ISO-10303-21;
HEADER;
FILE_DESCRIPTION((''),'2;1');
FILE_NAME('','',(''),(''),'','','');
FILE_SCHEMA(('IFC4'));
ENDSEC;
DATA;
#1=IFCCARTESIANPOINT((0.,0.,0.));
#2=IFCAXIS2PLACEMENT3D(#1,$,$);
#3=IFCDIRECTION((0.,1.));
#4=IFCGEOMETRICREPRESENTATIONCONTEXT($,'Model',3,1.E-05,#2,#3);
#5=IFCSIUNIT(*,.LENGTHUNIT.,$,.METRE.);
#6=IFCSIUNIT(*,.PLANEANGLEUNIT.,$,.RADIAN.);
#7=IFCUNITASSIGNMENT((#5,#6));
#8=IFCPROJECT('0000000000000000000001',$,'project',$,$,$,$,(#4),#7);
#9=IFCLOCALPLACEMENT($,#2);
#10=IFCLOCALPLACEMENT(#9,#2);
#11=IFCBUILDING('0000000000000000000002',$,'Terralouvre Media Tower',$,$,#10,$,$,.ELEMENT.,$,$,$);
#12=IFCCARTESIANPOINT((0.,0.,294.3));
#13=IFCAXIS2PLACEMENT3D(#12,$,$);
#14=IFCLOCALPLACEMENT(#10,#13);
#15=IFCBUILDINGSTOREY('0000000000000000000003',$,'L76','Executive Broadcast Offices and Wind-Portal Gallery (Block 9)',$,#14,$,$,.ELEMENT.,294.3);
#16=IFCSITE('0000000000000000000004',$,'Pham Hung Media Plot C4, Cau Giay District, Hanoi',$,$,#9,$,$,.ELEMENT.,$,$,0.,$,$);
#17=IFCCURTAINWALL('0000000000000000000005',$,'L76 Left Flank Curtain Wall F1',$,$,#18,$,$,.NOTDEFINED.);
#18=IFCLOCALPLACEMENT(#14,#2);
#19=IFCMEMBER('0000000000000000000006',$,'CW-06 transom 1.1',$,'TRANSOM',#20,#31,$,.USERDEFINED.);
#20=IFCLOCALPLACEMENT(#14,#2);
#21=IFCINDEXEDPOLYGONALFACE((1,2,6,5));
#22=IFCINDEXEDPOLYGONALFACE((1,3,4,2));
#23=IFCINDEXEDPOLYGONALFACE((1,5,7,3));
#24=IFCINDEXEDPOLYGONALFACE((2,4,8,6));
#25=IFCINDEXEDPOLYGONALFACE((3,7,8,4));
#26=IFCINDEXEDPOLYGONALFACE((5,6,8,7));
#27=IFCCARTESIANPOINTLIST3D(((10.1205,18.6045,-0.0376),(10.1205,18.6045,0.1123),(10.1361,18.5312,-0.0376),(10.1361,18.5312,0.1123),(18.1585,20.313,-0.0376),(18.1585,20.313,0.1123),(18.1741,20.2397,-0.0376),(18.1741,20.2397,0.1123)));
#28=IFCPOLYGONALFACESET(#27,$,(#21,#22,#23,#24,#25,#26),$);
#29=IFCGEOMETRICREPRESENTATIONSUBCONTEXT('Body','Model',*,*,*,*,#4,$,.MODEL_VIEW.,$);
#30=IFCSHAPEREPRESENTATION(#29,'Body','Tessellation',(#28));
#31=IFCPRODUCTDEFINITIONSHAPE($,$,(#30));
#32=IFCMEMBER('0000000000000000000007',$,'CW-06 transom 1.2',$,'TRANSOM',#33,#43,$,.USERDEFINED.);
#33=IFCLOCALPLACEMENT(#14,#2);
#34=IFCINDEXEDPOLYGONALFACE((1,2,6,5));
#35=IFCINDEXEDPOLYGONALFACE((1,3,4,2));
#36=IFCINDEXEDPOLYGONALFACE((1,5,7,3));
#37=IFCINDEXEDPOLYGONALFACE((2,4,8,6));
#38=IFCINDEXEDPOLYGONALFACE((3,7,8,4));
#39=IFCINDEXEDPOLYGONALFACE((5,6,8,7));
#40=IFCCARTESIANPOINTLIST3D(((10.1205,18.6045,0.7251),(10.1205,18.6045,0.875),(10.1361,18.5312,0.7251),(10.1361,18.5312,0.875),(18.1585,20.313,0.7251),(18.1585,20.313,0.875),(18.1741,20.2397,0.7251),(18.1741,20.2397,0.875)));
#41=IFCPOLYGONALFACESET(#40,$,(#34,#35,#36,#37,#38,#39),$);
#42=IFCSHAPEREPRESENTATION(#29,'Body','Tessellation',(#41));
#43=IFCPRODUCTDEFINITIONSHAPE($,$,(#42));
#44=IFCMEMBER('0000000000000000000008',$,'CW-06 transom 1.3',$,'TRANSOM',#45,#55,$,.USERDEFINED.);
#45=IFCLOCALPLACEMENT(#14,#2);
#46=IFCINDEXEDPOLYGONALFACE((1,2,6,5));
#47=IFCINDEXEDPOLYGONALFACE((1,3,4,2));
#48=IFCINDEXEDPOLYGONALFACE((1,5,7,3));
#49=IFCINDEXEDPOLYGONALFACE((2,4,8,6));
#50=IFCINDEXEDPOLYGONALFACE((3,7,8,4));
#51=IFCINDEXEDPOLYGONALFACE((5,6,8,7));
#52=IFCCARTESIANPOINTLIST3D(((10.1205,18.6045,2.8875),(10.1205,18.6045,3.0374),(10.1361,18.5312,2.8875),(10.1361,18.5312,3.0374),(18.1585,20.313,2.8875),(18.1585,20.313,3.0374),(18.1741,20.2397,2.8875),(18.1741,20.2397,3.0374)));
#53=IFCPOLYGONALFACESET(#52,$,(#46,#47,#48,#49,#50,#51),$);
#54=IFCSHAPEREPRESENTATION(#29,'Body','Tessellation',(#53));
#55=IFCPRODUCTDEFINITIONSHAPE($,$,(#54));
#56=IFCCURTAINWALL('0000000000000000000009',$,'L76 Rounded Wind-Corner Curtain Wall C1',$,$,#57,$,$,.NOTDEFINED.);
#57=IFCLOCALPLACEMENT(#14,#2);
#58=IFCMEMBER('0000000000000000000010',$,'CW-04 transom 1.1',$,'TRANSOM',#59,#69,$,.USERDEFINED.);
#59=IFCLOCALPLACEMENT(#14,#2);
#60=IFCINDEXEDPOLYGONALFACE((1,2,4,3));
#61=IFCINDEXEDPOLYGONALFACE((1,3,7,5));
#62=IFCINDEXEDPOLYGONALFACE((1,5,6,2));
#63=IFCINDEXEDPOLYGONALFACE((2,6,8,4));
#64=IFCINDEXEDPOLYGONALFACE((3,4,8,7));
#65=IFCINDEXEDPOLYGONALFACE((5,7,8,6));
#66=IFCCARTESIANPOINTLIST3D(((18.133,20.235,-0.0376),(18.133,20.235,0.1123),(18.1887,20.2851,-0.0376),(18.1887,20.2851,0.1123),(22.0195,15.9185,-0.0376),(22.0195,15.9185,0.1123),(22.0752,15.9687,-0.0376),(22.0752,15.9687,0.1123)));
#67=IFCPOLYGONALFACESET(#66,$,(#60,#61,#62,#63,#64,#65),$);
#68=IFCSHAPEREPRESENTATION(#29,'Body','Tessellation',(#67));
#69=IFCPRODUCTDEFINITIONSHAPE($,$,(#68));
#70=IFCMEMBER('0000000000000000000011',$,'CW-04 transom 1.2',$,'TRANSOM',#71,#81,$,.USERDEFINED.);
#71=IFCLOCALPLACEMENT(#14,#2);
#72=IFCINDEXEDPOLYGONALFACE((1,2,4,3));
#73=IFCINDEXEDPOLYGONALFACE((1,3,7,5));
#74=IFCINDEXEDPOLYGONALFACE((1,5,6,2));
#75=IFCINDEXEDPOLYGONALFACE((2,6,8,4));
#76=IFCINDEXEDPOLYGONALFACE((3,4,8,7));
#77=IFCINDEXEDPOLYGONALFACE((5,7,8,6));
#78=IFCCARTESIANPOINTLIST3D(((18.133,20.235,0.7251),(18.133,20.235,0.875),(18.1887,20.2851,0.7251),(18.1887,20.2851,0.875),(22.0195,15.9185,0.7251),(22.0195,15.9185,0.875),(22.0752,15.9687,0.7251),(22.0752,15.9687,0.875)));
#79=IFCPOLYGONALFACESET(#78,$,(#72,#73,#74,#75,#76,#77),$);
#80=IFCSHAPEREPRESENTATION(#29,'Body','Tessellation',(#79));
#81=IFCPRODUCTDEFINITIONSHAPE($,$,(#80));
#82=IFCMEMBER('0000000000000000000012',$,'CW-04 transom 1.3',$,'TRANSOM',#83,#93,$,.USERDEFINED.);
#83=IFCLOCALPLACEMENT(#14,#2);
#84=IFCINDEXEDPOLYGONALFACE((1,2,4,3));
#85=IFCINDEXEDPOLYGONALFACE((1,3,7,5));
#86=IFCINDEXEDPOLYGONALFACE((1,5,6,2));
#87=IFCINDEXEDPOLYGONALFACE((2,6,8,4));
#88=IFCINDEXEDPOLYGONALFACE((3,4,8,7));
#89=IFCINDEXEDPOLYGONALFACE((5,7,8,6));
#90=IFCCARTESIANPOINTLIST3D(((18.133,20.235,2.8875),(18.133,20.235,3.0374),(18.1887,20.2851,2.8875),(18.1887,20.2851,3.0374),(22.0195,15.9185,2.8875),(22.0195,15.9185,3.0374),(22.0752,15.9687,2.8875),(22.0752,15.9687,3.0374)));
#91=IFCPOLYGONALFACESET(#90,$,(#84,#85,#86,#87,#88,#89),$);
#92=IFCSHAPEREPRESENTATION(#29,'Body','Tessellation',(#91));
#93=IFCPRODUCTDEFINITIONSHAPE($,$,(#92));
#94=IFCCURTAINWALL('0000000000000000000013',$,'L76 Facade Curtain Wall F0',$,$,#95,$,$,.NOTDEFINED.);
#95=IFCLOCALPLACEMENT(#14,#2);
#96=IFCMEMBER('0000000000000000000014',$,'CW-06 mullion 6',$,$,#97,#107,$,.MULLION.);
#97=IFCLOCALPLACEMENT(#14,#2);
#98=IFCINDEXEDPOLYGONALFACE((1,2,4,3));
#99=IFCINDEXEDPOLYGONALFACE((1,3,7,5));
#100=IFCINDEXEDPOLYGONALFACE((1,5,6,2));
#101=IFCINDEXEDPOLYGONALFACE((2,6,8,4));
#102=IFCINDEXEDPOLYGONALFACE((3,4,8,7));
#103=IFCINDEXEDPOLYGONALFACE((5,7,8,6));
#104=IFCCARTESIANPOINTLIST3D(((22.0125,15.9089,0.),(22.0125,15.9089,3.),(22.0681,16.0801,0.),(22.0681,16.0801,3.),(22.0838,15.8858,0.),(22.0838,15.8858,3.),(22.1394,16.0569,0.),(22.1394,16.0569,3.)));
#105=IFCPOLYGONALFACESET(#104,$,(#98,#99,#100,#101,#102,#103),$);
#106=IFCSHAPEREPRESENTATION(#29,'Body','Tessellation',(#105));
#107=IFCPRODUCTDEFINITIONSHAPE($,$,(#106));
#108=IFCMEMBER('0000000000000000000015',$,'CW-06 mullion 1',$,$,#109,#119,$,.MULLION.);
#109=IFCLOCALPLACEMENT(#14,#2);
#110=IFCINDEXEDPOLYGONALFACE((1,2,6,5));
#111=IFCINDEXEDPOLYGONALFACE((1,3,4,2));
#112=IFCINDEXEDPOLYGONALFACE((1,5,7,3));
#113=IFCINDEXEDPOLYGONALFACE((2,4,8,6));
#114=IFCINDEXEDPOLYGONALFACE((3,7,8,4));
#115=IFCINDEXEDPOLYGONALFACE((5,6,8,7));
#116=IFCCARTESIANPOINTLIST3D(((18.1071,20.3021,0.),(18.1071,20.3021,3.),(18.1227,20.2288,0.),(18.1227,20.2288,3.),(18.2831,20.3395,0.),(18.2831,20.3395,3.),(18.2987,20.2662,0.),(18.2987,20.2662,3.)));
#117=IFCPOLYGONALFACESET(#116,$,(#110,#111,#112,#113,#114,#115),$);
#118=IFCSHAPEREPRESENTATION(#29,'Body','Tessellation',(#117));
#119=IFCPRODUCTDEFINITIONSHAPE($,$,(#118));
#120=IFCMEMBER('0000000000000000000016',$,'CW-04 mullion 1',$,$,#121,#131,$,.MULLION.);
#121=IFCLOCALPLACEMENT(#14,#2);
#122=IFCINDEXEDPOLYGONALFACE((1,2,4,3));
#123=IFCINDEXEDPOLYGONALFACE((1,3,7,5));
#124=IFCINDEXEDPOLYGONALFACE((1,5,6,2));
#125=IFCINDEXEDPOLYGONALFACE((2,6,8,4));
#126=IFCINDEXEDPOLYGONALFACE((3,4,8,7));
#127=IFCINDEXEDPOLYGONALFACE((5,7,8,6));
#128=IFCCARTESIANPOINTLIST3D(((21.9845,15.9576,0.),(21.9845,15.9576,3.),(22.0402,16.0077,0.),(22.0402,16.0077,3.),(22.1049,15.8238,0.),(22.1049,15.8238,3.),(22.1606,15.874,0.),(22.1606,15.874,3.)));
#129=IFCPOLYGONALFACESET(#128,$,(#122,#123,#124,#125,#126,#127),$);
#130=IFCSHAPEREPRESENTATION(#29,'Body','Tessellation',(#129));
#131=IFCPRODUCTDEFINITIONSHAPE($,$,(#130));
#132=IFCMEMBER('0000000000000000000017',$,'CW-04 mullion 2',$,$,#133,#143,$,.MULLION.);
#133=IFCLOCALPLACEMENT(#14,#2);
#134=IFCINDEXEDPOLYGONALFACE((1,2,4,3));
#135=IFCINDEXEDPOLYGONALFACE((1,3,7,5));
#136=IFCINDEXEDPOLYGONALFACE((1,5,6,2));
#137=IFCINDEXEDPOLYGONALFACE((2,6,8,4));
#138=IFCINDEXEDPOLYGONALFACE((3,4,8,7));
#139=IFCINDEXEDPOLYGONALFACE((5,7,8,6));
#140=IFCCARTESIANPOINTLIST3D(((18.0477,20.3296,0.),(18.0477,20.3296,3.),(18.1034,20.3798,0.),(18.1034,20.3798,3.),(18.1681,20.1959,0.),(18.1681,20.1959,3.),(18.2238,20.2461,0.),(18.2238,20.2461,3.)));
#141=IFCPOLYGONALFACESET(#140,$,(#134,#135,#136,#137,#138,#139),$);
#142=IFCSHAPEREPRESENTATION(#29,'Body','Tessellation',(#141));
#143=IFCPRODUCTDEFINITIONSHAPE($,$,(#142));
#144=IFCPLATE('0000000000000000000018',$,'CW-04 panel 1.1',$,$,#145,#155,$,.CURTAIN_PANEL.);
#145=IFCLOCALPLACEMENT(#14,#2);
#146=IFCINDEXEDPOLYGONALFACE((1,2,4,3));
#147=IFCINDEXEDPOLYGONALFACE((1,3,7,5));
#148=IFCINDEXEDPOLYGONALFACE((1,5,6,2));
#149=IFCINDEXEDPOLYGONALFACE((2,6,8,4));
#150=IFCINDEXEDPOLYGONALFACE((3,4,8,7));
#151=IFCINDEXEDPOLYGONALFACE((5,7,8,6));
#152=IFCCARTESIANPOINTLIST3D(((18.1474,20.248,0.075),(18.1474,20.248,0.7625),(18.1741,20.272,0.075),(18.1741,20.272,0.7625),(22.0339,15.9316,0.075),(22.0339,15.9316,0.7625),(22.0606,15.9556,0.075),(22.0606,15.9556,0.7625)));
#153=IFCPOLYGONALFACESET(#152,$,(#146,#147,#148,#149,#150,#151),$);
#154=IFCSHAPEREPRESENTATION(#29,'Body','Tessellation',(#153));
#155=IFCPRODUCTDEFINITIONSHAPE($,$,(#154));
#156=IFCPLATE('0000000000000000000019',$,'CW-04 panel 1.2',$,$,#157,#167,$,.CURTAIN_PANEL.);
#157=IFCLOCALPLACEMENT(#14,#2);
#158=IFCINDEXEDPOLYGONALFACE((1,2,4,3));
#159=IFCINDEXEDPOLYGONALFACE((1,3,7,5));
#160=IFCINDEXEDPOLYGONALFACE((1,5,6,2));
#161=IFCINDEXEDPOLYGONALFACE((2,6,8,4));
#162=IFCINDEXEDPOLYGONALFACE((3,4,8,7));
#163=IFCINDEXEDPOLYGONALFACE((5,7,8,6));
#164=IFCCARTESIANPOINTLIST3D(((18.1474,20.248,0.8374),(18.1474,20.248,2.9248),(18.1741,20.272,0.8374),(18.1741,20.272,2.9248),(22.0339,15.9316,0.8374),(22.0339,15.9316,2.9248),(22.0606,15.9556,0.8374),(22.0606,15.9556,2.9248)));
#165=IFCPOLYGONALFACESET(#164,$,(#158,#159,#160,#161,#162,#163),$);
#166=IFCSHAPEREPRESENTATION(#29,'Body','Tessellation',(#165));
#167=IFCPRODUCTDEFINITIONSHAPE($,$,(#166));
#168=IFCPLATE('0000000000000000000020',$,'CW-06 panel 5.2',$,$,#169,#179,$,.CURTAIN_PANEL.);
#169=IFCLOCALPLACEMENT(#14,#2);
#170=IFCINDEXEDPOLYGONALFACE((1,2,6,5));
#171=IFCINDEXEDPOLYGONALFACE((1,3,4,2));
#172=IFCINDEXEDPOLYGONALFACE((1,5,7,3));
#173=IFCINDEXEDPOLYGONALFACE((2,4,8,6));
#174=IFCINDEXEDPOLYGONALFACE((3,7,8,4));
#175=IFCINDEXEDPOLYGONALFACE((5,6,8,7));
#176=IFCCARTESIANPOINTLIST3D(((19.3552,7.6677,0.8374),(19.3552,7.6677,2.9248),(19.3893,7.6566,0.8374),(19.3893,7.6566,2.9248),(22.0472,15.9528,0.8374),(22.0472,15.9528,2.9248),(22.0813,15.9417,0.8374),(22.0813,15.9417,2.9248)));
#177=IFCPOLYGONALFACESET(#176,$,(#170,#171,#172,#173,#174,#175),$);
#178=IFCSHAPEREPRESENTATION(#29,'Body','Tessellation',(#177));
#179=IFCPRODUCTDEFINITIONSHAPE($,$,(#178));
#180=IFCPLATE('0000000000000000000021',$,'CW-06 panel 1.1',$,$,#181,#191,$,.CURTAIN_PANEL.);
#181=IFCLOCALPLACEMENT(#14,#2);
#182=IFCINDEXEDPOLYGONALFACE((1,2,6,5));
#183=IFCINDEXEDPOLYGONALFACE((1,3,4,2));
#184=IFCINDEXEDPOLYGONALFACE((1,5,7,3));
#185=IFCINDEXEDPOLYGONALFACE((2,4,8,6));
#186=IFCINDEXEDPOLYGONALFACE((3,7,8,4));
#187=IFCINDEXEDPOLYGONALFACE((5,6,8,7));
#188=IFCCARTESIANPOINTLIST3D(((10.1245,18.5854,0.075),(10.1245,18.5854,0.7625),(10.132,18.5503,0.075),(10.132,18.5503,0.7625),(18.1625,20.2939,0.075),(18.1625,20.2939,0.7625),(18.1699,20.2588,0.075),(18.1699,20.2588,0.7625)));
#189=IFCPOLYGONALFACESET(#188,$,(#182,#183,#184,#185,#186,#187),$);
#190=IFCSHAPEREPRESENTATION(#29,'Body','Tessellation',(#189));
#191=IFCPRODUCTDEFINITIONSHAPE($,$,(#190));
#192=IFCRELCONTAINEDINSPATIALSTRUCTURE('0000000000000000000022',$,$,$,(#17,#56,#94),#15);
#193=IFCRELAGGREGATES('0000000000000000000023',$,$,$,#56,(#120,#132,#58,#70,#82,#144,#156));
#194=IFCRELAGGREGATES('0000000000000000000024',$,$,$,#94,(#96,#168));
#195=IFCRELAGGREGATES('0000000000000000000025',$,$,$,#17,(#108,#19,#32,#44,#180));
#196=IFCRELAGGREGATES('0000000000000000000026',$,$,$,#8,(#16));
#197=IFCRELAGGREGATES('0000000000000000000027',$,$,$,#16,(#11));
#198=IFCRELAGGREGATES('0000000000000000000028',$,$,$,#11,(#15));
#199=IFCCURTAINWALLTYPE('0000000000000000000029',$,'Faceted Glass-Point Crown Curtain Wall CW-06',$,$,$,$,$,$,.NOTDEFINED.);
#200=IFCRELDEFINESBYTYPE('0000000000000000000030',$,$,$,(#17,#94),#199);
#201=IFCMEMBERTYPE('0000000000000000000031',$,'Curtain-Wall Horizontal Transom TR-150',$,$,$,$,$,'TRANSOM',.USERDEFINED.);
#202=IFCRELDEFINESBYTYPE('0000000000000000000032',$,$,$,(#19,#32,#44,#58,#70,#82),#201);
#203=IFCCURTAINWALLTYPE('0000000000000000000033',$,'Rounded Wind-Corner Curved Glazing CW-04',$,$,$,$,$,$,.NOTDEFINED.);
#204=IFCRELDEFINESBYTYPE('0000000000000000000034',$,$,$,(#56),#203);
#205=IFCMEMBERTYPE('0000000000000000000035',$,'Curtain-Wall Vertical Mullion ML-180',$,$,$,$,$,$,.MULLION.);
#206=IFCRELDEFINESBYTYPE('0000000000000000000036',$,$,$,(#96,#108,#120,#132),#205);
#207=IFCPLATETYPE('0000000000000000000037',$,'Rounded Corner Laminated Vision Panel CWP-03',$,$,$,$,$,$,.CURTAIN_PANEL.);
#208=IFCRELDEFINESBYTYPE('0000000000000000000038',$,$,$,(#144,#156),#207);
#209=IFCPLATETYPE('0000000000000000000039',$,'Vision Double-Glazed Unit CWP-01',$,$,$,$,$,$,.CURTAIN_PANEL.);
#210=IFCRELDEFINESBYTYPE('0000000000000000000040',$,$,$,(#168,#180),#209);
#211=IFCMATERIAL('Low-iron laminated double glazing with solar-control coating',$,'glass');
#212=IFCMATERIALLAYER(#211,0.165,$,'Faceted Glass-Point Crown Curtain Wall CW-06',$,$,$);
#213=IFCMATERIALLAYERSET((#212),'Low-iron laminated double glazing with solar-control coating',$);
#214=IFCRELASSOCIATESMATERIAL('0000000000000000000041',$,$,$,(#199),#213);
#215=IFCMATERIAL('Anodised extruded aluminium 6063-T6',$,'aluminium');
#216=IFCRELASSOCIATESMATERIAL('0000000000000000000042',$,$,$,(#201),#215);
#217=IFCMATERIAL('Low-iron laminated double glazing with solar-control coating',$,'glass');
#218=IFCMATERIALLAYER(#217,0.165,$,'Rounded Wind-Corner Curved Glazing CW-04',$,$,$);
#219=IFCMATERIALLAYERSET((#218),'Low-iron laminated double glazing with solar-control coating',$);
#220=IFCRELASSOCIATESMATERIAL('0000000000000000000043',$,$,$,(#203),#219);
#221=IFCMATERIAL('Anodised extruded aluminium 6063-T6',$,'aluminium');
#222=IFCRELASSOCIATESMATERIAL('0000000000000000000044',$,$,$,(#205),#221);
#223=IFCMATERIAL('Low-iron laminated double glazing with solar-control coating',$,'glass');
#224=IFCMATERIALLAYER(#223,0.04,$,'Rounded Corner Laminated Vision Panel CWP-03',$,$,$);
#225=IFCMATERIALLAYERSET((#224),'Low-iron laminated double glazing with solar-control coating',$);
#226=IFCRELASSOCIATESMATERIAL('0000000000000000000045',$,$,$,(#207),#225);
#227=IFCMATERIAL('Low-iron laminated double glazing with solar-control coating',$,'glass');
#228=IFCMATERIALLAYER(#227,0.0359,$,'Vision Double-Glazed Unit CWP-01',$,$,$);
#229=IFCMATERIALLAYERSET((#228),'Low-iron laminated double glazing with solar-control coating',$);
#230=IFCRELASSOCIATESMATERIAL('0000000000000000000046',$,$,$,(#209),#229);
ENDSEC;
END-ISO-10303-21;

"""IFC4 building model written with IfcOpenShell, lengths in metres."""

from ifc_helpers import new_model, si_unit, direction, frame, origin, origin_2d, place, context, subcontext, project, spatial, rectangle, extrude, material, layer, layer_set, material_profile, profile_set, type_object, element, aggregate, save


model = new_model("IFC4")

# Units and contexts
model_context = context("Model", 3, precision=1e-05, world=origin(), true_north=direction((0.0, 1.0)))
body_context = subcontext(model_context, "Body", "Model", "MODEL_VIEW")
ifc_project = project(units=[si_unit("LENGTHUNIT", "METRE"), si_unit("PLANEANGLEUNIT", "RADIAN")], contexts=[model_context])

# Site, building, storey
site_placement = place(None, origin())
site = spatial("IfcSite", under=ifc_project, at=site_placement, Name="Pham Hung Media Plot C4, Cau Giay District, Hanoi", CompositionType="ELEMENT", RefElevation=0.0)
building_placement = place(site_placement, origin())
building = spatial("IfcBuilding", under=site, at=building_placement, Name="Terralouvre Media Tower", CompositionType="ELEMENT")
storey_placement = place(building_placement, frame((0.0, 0.0, 294.3)))
storey = spatial("IfcBuildingStorey", under=building, at=storey_placement, Name="L76", Description="Executive Broadcast Offices and Wind-Portal Gallery (Block 9)", CompositionType="ELEMENT", Elevation=294.3)

# Curtain walls, members
ifc_material_1 = material(Name="Low-iron laminated double glazing with solar-control coating", Category="glass")
ifc_layer_1 = layer(ifc_material_1, 0.165, Name="Faceted Glass-Point Crown Curtain Wall CW-06")
ifc_layer_set_1 = layer_set([ifc_layer_1], Name="Low-iron laminated double glazing with solar-control coating")
curtain_wall_type_1 = type_object("IfcCurtainWallType", Name="Faceted Glass-Point Crown Curtain Wall CW-06", PredefinedType="NOTDEFINED", material=ifc_layer_set_1)
curtain_wall_1_placement = place(storey_placement, origin())
curtain_wall_1 = element("IfcCurtainWall", 1, at=curtain_wall_1_placement, inside=storey, type_object=curtain_wall_type_1, Name="L76 Left Flank Curtain Wall F1", PredefinedType="NOTDEFINED")
ifc_material_2 = material(Name="Anodised extruded aluminium 6063-T6", Category="aluminium")
ifc_material_profile_1 = material_profile(ifc_material_2, rectangle(XDim=0.075, YDim=0.1499, at=origin_2d()), Name="ALU 75x150")
ifc_profile_set_1 = profile_set([ifc_material_profile_1], Name="Anodised extruded aluminium 6063-T6")
member_type_1 = type_object("IfcMemberType", Name="Curtain-Wall Horizontal Transom TR-150", ElementType="TRANSOM", PredefinedType="USERDEFINED", material=ifc_profile_set_1)
member_1_placement = place(storey_placement, frame((18.1663, 20.2764, 0.0374), z_axis=(-0.978148, -0.207912, 0.0), x_axis=(0.207912, -0.978148, 0.0)))
member_1 = element("IfcMember", 2, at=member_1_placement, type_object=member_type_1, Name="CW-06 transom 1.1", ObjectType="TRANSOM", PredefinedType="USERDEFINED", context=body_context, shape_type="SweptSolid", body=[
    extrude(rectangle(XDim=0.075, YDim=0.1499, at=origin_2d()), origin(), (0.0, 0.0, 1.0), 8.2175),
])
member_2_placement = place(storey_placement, frame((18.1663, 20.2764, 0.8), z_axis=(-0.978148, -0.207912, 0.0), x_axis=(0.207912, -0.978148, 0.0)))
member_2 = element("IfcMember", 3, at=member_2_placement, type_object=member_type_1, Name="CW-06 transom 1.2", ObjectType="TRANSOM", PredefinedType="USERDEFINED", context=body_context, shape_type="SweptSolid", body=[
    extrude(rectangle(XDim=0.075, YDim=0.1499, at=origin_2d()), origin(), (0.0, 0.0, 1.0), 8.2175),
])
member_3_placement = place(storey_placement, frame((18.1663, 20.2764, 2.9624), z_axis=(-0.978148, -0.207912, 0.0), x_axis=(0.207912, -0.978148, 0.0)))
member_3 = element("IfcMember", 4, at=member_3_placement, type_object=member_type_1, Name="CW-06 transom 1.3", ObjectType="TRANSOM", PredefinedType="USERDEFINED", context=body_context, shape_type="SweptSolid", body=[
    extrude(rectangle(XDim=0.075, YDim=0.1499, at=origin_2d()), origin(), (0.0, 0.0, 1.0), 8.2175),
])
ifc_material_3 = material(Name="Low-iron laminated double glazing with solar-control coating", Category="glass")
ifc_layer_2 = layer(ifc_material_3, 0.165, Name="Rounded Wind-Corner Curved Glazing CW-04")
ifc_layer_set_2 = layer_set([ifc_layer_2], Name="Low-iron laminated double glazing with solar-control coating")
curtain_wall_type_2 = type_object("IfcCurtainWallType", Name="Rounded Wind-Corner Curved Glazing CW-04", PredefinedType="NOTDEFINED", material=ifc_layer_set_2)
curtain_wall_2_placement = place(storey_placement, origin())
curtain_wall_2 = element("IfcCurtainWall", 5, at=curtain_wall_2_placement, inside=storey, type_object=curtain_wall_type_2, Name="L76 Rounded Wind-Corner Curtain Wall C1", PredefinedType="NOTDEFINED")
member_4_placement = place(storey_placement, frame((22.0474, 15.9436, 0.0374), z_axis=(-0.669127, 0.743148, 0.0), x_axis=(-0.743148, -0.669127, 0.0)))
member_4 = element("IfcMember", 6, at=member_4_placement, type_object=member_type_1, Name="CW-04 transom 1.1", ObjectType="TRANSOM", PredefinedType="USERDEFINED", context=body_context, shape_type="SweptSolid", body=[
    extrude(rectangle(XDim=0.075, YDim=0.1499, at=origin_2d()), origin(), (0.0, 0.0, 1.0), 5.8083),
])
member_5_placement = place(storey_placement, frame((22.0474, 15.9436, 0.8), z_axis=(-0.669127, 0.743148, 0.0), x_axis=(-0.743148, -0.669127, 0.0)))
member_5 = element("IfcMember", 7, at=member_5_placement, type_object=member_type_1, Name="CW-04 transom 1.2", ObjectType="TRANSOM", PredefinedType="USERDEFINED", context=body_context, shape_type="SweptSolid", body=[
    extrude(rectangle(XDim=0.075, YDim=0.1499, at=origin_2d()), origin(), (0.0, 0.0, 1.0), 5.8083),
])
member_6_placement = place(storey_placement, frame((22.0474, 15.9436, 2.9624), z_axis=(-0.669127, 0.743148, 0.0), x_axis=(-0.743148, -0.669127, 0.0)))
member_6 = element("IfcMember", 8, at=member_6_placement, type_object=member_type_1, Name="CW-04 transom 1.3", ObjectType="TRANSOM", PredefinedType="USERDEFINED", context=body_context, shape_type="SweptSolid", body=[
    extrude(rectangle(XDim=0.075, YDim=0.1499, at=origin_2d()), origin(), (0.0, 0.0, 1.0), 5.8083),
])

# Curtain wall, member
curtain_wall_3_placement = place(storey_placement, origin())
curtain_wall_3 = element("IfcCurtainWall", 9, at=curtain_wall_3_placement, inside=storey, type_object=curtain_wall_type_1, Name="L76 Facade Curtain Wall F0", PredefinedType="NOTDEFINED")
ifc_material_4 = material(Name="Anodised extruded aluminium 6063-T6", Category="aluminium")
ifc_material_profile_2 = material_profile(ifc_material_4, rectangle(XDim=0.075, YDim=0.1799, at=origin_2d()), Name="ALU 75x180")
ifc_profile_set_2 = profile_set([ifc_material_profile_2], Name="Anodised extruded aluminium 6063-T6")
member_type_2 = type_object("IfcMemberType", Name="Curtain-Wall Vertical Mullion ML-180", PredefinedType="MULLION", material=ifc_profile_set_2)
member_7_placement = place(storey_placement, frame((22.0759, 15.9829, 0.0), z_axis=(0.0, 0.0, 1.0), x_axis=(-0.951057, 0.309017, 0.0)))
member_7 = element("IfcMember", 10, at=member_7_placement, type_object=member_type_2, Name="CW-06 mullion 6", PredefinedType="MULLION", context=body_context, shape_type="SweptSolid", body=[
    extrude(rectangle(XDim=0.075, YDim=0.1799, at=origin_2d()), origin(), (0.0, 0.0, 1.0), 3.0),
])

# Members
member_8_placement = place(storey_placement, frame((18.2029, 20.2842, 0.0), z_axis=(0.0, 0.0, 1.0), x_axis=(0.207912, -0.978148, 0.0)))
member_8 = element("IfcMember", 11, at=member_8_placement, type_object=member_type_2, Name="CW-06 mullion 1", PredefinedType="MULLION", context=body_context, shape_type="SweptSolid", body=[
    extrude(rectangle(XDim=0.075, YDim=0.1799, at=origin_2d()), origin(), (0.0, 0.0, 1.0), 3.0),
])
member_9_placement = place(storey_placement, frame((22.0725, 15.9158, 0.0), z_axis=(0.0, 0.0, 1.0), x_axis=(-0.743145, -0.66913, 0.0)))
member_9 = element("IfcMember", 12, at=member_9_placement, type_object=member_type_2, Name="CW-04 mullion 1", PredefinedType="MULLION", context=body_context, shape_type="SweptSolid", body=[
    extrude(rectangle(XDim=0.075, YDim=0.1799, at=origin_2d()), origin(), (0.0, 0.0, 1.0), 3.0),
])
member_10_placement = place(storey_placement, frame((18.1357, 20.2878, 0.0), z_axis=(0.0, 0.0, 1.0), x_axis=(-0.743145, -0.66913, 0.0)))
member_10 = element("IfcMember", 13, at=member_10_placement, type_object=member_type_2, Name="CW-04 mullion 2", PredefinedType="MULLION", context=body_context, shape_type="SweptSolid", body=[
    extrude(rectangle(XDim=0.075, YDim=0.1799, at=origin_2d()), origin(), (0.0, 0.0, 1.0), 3.0),
])

# Plates
ifc_material_5 = material(Name="Low-iron laminated double glazing with solar-control coating", Category="glass")
ifc_layer_3 = layer(ifc_material_5, 0.04, Name="Rounded Corner Laminated Vision Panel CWP-03")
ifc_layer_set_3 = layer_set([ifc_layer_3], Name="Low-iron laminated double glazing with solar-control coating")
plate_type_1 = type_object("IfcPlateType", Name="Rounded Corner Laminated Vision Panel CWP-03", PredefinedType="CURTAIN_PANEL", material=ifc_layer_set_3)
plate_1_placement = place(storey_placement, frame((20.104, 18.1018, 0.075), z_axis=(0.0, 0.0, 1.0), x_axis=(-0.66913, 0.743145, 0.0)))
plate_1 = element("IfcPlate", 14, at=plate_1_placement, type_object=plate_type_1, Name="CW-04 panel 1.1", PredefinedType="CURTAIN_PANEL", context=body_context, shape_type="SweptSolid", body=[
    extrude(rectangle(XDim=5.8083, YDim=0.0359, at=origin_2d()), origin(), (0.0, 0.0, 1.0), 0.6875),
])
plate_2_placement = place(storey_placement, frame((20.104, 18.1018, 0.8374), z_axis=(0.0, 0.0, 1.0), x_axis=(-0.66913, 0.743145, 0.0)))
plate_2 = element("IfcPlate", 15, at=plate_2_placement, type_object=plate_type_1, Name="CW-04 panel 1.2", PredefinedType="CURTAIN_PANEL", context=body_context, shape_type="SweptSolid", body=[
    extrude(rectangle(XDim=5.8083, YDim=0.0359, at=origin_2d()), origin(), (0.0, 0.0, 1.0), 2.0874),
])
aggregate(curtain_wall_2, [member_9, member_10, member_4, member_5, member_6, plate_1, plate_2])
ifc_material_6 = material(Name="Low-iron laminated double glazing with solar-control coating", Category="glass")
ifc_layer_4 = layer(ifc_material_6, 0.0359, Name="Vision Double-Glazed Unit CWP-01")
ifc_layer_set_4 = layer_set([ifc_layer_4], Name="Low-iron laminated double glazing with solar-control coating")
plate_type_2 = type_object("IfcPlateType", Name="Vision Double-Glazed Unit CWP-01", PredefinedType="CURTAIN_PANEL", material=ifc_layer_set_4)
plate_3_placement = place(storey_placement, frame((20.7183, 11.8047, 0.8374), z_axis=(0.0, 0.0, 1.0), x_axis=(0.309017, 0.951057, 0.0)))
plate_3 = element("IfcPlate", 16, at=plate_3_placement, type_object=plate_type_2, Name="CW-06 panel 5.2", PredefinedType="CURTAIN_PANEL", context=body_context, shape_type="SweptSolid", body=[
    extrude(rectangle(XDim=8.7114, YDim=0.0359, at=origin_2d()), origin(), (0.0, 0.0, 1.0), 2.0874),
])
aggregate(curtain_wall_3, [member_7, plate_3])
plate_4_placement = place(storey_placement, frame((14.1472, 19.4221, 0.075), z_axis=(0.0, 0.0, 1.0), x_axis=(-0.978148, -0.207912, 0.0)))
plate_4 = element("IfcPlate", 17, at=plate_4_placement, type_object=plate_type_2, Name="CW-06 panel 1.1", PredefinedType="CURTAIN_PANEL", context=body_context, shape_type="SweptSolid", body=[
    extrude(rectangle(XDim=8.2175, YDim=0.0359, at=origin_2d()), origin(), (0.0, 0.0, 1.0), 0.6875),
])
aggregate(curtain_wall_1, [member_8, member_1, member_2, member_3, plate_4])

save(model, "model.ifc")
